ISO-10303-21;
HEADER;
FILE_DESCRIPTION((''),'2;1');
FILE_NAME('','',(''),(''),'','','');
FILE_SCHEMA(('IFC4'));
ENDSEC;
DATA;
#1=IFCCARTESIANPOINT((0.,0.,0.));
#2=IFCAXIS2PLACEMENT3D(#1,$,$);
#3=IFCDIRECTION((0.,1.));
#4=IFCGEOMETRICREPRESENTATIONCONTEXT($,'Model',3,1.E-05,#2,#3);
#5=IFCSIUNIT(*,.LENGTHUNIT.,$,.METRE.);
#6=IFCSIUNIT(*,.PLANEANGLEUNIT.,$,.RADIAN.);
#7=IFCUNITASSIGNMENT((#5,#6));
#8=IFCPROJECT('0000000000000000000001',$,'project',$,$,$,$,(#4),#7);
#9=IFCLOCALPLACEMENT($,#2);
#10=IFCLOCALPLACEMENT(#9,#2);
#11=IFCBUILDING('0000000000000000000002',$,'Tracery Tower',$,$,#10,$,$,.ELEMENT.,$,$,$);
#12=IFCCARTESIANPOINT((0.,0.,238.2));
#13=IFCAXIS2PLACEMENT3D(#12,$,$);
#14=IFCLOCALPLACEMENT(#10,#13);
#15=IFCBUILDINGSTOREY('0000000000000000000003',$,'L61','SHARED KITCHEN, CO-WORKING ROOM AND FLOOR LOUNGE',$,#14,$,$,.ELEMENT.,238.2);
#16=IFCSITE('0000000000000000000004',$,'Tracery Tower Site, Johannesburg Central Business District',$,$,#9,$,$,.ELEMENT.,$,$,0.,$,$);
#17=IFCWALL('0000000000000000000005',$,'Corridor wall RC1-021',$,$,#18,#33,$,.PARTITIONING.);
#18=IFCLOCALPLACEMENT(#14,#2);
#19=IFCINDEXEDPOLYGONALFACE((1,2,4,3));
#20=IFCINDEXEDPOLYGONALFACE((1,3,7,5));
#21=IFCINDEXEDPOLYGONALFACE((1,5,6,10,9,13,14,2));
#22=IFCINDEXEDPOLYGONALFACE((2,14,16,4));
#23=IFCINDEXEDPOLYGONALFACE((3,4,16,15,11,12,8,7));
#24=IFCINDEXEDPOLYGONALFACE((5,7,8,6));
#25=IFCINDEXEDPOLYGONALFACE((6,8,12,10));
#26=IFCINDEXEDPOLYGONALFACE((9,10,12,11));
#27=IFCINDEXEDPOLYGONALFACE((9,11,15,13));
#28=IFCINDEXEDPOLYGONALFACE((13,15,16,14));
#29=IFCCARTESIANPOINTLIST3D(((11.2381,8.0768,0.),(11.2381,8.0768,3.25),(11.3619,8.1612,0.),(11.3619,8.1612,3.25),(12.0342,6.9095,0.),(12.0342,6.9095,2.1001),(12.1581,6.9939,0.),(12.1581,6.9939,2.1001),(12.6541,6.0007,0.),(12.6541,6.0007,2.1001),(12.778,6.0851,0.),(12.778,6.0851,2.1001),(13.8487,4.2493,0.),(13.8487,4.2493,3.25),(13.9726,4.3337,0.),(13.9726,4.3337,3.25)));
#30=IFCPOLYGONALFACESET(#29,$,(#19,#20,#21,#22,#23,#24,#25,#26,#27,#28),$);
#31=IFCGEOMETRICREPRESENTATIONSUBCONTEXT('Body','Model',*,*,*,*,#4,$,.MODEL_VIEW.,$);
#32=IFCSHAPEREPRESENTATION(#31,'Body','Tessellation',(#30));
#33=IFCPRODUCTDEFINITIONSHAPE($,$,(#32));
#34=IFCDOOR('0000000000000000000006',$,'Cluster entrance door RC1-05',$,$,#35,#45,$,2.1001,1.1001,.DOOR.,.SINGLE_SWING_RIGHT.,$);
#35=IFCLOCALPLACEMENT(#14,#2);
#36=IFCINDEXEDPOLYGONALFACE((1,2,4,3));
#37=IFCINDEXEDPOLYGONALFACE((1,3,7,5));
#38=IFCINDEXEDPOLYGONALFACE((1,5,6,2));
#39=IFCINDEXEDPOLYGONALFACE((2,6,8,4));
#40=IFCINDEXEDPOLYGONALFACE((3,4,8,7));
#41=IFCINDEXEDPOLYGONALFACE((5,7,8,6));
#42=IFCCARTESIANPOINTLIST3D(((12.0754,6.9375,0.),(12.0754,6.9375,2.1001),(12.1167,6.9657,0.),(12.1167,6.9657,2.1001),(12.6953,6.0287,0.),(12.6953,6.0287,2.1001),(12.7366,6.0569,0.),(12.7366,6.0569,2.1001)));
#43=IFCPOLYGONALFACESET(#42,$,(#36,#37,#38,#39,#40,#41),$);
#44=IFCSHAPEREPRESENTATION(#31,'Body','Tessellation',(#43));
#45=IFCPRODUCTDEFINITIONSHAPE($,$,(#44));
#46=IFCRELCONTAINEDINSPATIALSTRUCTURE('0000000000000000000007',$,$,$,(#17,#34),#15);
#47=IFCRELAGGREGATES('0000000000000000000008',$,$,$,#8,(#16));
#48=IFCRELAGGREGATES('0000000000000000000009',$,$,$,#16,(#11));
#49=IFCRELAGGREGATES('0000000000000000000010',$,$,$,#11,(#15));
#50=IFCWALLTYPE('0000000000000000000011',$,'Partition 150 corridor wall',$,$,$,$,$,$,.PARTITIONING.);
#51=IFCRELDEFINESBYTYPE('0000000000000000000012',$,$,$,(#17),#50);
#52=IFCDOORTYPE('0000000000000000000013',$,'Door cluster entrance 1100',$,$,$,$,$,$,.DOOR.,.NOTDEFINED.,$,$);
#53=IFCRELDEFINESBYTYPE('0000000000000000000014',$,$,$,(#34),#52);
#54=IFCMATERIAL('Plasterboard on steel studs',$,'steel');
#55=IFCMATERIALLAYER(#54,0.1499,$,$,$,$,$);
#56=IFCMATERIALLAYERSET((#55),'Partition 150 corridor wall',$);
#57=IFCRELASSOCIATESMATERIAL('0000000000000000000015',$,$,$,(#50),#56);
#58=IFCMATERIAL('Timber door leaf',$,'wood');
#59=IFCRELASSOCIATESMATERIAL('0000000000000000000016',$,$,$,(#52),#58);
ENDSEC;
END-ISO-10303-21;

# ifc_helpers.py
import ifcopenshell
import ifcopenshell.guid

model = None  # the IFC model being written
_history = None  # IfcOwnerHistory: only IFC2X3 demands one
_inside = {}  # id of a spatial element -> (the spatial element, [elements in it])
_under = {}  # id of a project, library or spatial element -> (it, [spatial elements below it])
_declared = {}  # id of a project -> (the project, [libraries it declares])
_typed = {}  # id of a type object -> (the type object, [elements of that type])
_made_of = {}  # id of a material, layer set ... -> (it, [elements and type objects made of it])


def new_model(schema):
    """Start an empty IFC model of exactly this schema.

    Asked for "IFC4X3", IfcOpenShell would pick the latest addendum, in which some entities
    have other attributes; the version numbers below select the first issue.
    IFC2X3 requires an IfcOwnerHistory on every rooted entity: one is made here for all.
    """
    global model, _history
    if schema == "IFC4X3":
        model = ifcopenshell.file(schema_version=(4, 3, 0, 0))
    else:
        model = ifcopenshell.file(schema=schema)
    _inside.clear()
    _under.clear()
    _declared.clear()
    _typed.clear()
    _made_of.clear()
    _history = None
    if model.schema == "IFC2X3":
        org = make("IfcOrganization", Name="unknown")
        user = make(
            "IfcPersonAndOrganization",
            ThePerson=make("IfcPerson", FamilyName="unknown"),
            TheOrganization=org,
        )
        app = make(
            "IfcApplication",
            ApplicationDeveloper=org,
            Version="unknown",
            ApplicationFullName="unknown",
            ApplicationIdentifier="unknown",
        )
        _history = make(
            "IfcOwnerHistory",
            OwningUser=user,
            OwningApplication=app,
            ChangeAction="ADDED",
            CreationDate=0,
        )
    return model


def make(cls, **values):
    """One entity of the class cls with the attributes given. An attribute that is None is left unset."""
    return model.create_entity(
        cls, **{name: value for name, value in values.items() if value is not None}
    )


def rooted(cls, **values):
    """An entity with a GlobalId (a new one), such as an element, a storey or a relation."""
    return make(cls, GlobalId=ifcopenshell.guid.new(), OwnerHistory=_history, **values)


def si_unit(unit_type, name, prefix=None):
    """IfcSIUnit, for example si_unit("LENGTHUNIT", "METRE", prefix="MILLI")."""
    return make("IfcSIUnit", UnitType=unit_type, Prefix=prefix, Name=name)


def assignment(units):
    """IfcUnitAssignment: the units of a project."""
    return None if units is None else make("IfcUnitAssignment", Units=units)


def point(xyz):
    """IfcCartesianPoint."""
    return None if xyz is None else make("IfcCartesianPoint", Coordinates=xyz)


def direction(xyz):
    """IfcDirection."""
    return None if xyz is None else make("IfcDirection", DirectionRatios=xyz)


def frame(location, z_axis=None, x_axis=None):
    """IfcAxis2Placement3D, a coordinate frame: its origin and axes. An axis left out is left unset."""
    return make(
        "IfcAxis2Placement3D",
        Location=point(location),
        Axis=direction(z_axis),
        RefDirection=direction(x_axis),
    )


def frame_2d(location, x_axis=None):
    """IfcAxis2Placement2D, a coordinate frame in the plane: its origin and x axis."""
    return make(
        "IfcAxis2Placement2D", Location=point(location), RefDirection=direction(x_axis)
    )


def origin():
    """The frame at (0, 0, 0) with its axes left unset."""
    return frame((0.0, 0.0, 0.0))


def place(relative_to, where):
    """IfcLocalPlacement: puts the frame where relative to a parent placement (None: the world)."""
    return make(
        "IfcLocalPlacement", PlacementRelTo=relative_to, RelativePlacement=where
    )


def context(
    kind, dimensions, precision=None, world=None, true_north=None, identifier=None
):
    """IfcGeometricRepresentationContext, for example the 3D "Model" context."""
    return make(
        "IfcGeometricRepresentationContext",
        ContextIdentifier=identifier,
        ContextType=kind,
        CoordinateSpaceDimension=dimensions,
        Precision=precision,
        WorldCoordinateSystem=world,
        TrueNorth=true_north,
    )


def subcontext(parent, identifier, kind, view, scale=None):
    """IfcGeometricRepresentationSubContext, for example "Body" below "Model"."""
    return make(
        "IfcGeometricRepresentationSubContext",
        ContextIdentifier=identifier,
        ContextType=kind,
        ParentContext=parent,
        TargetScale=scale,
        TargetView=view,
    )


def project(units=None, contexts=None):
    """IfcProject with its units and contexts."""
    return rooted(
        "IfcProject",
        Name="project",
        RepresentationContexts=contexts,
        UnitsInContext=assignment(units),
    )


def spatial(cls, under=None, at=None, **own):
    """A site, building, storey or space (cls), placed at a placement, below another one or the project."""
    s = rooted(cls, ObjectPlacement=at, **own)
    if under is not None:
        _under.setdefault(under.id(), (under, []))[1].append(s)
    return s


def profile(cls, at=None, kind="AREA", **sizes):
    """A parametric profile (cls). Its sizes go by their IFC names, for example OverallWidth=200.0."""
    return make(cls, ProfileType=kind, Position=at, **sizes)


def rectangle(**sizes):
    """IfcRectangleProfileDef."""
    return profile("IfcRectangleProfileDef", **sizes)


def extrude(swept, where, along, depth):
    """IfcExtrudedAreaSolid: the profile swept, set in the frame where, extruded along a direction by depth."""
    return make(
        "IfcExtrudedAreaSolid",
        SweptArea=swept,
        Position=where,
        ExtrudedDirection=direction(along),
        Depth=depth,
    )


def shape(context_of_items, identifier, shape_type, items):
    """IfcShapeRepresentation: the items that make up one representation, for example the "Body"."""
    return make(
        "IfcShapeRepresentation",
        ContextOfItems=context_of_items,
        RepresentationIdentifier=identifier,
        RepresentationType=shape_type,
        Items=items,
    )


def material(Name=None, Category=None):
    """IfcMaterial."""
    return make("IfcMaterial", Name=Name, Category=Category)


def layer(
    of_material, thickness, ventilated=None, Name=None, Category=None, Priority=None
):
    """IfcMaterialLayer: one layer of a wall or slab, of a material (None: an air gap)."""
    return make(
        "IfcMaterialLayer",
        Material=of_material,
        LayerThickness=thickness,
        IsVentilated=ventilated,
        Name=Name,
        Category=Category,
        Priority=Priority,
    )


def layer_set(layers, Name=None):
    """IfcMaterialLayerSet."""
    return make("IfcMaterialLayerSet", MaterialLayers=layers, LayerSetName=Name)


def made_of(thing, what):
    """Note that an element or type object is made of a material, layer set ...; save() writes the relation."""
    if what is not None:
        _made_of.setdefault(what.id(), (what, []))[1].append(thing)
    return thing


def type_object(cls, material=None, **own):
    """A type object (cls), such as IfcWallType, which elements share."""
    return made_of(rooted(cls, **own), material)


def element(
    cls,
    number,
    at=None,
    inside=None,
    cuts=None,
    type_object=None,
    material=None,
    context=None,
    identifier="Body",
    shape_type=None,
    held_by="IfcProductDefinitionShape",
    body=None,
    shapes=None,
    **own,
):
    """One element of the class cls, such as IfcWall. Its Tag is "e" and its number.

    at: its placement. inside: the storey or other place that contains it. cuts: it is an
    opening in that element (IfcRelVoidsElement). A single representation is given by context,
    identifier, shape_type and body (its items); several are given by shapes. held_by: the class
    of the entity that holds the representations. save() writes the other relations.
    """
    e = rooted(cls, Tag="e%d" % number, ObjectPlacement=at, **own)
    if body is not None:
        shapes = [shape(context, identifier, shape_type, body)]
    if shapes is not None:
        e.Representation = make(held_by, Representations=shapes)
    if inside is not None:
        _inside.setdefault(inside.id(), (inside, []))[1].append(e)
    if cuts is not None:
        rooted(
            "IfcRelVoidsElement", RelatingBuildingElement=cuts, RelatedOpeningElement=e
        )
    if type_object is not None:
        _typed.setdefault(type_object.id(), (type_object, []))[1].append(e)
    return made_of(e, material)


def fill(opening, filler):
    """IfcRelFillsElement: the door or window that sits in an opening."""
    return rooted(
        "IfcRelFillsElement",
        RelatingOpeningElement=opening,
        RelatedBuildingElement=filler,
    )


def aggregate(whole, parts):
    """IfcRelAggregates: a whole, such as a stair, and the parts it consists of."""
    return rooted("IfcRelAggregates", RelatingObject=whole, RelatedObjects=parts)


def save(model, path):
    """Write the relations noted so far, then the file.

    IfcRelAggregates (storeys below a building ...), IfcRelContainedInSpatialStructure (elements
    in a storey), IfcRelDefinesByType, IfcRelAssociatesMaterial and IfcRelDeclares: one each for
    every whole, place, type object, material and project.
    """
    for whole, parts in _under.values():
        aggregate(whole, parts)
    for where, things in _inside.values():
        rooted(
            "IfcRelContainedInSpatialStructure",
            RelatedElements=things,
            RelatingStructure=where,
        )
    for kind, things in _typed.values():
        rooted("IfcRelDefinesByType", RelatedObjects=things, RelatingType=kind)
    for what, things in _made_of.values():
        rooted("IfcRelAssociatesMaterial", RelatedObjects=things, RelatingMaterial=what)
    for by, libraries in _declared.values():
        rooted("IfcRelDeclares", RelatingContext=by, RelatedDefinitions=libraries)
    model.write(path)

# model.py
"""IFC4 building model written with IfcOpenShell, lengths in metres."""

from ifc_helpers import new_model, si_unit, direction, frame, frame_2d, origin, place, context, subcontext, project, spatial, rectangle, extrude, material, layer, layer_set, type_object, element, fill, save


model = new_model("IFC4")

# Units and contexts
model_context = context("Model", 3, precision=1e-05, world=origin(), true_north=direction((0.0, 1.0)))
body_context = subcontext(model_context, "Body", "Model", "MODEL_VIEW")
ifc_project = project(units=[si_unit("LENGTHUNIT", "METRE"), si_unit("PLANEANGLEUNIT", "RADIAN")], contexts=[model_context])

# Site, building, storey
site_placement = place(None, origin())
site = spatial("IfcSite", under=ifc_project, at=site_placement, Name="Tracery Tower Site, Johannesburg Central Business District", CompositionType="ELEMENT", RefElevation=0.0)
building_placement = place(site_placement, origin())
building = spatial("IfcBuilding", under=site, at=building_placement, Name="Tracery Tower", CompositionType="ELEMENT")
storey_placement = place(building_placement, frame((0.0, 0.0, 238.2)))
storey = spatial("IfcBuildingStorey", under=building, at=storey_placement, Name="L61", Description="SHARED KITCHEN, CO-WORKING ROOM AND FLOOR LOUNGE", CompositionType="ELEMENT", Elevation=238.2)

# Shared definitions
ifc_material_1 = material(Name="Plasterboard on steel studs", Category="steel")
ifc_layer_1 = layer(ifc_material_1, 0.1499)
ifc_layer_set_1 = layer_set([ifc_layer_1], Name="Partition 150 corridor wall")
wall_type_1 = type_object("IfcWallType", Name="Partition 150 corridor wall", PredefinedType="PARTITIONING", material=ifc_layer_set_1)

# Wall, opening, door
wall_1_placement = place(storey_placement, frame((11.3, 8.1189, 0.0), z_axis=(0.0, 0.0, 1.0), x_axis=(0.563486, -0.826126, 0.0)))
wall_1 = element("IfcWall", 1, at=wall_1_placement, inside=storey, type_object=wall_type_1, Name="Corridor wall RC1-021", PredefinedType="PARTITIONING", context=body_context, shape_type="SweptSolid", body=[
    extrude(rectangle(XDim=4.6331, YDim=0.1499, at=frame_2d((2.3164, 0.0))), origin(), (0.0, 0.0, 1.0), 3.25),
])
opening_1_placement = place(wall_1_placement, frame((1.4128, 0.0, 0.0)))
opening_1 = element("IfcOpeningElement", 2, at=opening_1_placement, cuts=wall_1, PredefinedType="OPENING", context=body_context, shape_type="SweptSolid", body=[
    extrude(rectangle(XDim=1.1001, YDim=2.1001, at=frame_2d((0.55, 1.05))), frame((0.0, 0.075, 0.0), z_axis=(0.0, -1.0, 0.0), x_axis=(1.0, 0.0, 0.0)), (0.0, 0.0, 1.0), 0.1499),
])
ifc_material_2 = material(Name="Timber door leaf", Category="wood")
door_type_1 = type_object("IfcDoorType", Name="Door cluster entrance 1100", OperationType="NOTDEFINED", PredefinedType="DOOR", material=ifc_material_2)
door_1_placement = place(opening_1_placement, origin())
door_1 = element("IfcDoor", 3, at=door_1_placement, inside=storey, type_object=door_type_1, Name="Cluster entrance door RC1-05", OperationType="SINGLE_SWING_RIGHT", OverallHeight=2.1001, OverallWidth=1.1001, PredefinedType="DOOR", context=body_context, shape_type="SweptSolid", body=[
    extrude(rectangle(XDim=1.1001, YDim=2.1001, at=frame_2d((0.55, 1.05))), frame((0.0, 0.0249, 0.0), z_axis=(0.0, -1.0, 0.0), x_axis=(1.0, 0.0, 0.0)), (0.0, 0.0, 1.0), 0.05),
])
fill(opening_1, door_1)

save(model, "model.ifc")
